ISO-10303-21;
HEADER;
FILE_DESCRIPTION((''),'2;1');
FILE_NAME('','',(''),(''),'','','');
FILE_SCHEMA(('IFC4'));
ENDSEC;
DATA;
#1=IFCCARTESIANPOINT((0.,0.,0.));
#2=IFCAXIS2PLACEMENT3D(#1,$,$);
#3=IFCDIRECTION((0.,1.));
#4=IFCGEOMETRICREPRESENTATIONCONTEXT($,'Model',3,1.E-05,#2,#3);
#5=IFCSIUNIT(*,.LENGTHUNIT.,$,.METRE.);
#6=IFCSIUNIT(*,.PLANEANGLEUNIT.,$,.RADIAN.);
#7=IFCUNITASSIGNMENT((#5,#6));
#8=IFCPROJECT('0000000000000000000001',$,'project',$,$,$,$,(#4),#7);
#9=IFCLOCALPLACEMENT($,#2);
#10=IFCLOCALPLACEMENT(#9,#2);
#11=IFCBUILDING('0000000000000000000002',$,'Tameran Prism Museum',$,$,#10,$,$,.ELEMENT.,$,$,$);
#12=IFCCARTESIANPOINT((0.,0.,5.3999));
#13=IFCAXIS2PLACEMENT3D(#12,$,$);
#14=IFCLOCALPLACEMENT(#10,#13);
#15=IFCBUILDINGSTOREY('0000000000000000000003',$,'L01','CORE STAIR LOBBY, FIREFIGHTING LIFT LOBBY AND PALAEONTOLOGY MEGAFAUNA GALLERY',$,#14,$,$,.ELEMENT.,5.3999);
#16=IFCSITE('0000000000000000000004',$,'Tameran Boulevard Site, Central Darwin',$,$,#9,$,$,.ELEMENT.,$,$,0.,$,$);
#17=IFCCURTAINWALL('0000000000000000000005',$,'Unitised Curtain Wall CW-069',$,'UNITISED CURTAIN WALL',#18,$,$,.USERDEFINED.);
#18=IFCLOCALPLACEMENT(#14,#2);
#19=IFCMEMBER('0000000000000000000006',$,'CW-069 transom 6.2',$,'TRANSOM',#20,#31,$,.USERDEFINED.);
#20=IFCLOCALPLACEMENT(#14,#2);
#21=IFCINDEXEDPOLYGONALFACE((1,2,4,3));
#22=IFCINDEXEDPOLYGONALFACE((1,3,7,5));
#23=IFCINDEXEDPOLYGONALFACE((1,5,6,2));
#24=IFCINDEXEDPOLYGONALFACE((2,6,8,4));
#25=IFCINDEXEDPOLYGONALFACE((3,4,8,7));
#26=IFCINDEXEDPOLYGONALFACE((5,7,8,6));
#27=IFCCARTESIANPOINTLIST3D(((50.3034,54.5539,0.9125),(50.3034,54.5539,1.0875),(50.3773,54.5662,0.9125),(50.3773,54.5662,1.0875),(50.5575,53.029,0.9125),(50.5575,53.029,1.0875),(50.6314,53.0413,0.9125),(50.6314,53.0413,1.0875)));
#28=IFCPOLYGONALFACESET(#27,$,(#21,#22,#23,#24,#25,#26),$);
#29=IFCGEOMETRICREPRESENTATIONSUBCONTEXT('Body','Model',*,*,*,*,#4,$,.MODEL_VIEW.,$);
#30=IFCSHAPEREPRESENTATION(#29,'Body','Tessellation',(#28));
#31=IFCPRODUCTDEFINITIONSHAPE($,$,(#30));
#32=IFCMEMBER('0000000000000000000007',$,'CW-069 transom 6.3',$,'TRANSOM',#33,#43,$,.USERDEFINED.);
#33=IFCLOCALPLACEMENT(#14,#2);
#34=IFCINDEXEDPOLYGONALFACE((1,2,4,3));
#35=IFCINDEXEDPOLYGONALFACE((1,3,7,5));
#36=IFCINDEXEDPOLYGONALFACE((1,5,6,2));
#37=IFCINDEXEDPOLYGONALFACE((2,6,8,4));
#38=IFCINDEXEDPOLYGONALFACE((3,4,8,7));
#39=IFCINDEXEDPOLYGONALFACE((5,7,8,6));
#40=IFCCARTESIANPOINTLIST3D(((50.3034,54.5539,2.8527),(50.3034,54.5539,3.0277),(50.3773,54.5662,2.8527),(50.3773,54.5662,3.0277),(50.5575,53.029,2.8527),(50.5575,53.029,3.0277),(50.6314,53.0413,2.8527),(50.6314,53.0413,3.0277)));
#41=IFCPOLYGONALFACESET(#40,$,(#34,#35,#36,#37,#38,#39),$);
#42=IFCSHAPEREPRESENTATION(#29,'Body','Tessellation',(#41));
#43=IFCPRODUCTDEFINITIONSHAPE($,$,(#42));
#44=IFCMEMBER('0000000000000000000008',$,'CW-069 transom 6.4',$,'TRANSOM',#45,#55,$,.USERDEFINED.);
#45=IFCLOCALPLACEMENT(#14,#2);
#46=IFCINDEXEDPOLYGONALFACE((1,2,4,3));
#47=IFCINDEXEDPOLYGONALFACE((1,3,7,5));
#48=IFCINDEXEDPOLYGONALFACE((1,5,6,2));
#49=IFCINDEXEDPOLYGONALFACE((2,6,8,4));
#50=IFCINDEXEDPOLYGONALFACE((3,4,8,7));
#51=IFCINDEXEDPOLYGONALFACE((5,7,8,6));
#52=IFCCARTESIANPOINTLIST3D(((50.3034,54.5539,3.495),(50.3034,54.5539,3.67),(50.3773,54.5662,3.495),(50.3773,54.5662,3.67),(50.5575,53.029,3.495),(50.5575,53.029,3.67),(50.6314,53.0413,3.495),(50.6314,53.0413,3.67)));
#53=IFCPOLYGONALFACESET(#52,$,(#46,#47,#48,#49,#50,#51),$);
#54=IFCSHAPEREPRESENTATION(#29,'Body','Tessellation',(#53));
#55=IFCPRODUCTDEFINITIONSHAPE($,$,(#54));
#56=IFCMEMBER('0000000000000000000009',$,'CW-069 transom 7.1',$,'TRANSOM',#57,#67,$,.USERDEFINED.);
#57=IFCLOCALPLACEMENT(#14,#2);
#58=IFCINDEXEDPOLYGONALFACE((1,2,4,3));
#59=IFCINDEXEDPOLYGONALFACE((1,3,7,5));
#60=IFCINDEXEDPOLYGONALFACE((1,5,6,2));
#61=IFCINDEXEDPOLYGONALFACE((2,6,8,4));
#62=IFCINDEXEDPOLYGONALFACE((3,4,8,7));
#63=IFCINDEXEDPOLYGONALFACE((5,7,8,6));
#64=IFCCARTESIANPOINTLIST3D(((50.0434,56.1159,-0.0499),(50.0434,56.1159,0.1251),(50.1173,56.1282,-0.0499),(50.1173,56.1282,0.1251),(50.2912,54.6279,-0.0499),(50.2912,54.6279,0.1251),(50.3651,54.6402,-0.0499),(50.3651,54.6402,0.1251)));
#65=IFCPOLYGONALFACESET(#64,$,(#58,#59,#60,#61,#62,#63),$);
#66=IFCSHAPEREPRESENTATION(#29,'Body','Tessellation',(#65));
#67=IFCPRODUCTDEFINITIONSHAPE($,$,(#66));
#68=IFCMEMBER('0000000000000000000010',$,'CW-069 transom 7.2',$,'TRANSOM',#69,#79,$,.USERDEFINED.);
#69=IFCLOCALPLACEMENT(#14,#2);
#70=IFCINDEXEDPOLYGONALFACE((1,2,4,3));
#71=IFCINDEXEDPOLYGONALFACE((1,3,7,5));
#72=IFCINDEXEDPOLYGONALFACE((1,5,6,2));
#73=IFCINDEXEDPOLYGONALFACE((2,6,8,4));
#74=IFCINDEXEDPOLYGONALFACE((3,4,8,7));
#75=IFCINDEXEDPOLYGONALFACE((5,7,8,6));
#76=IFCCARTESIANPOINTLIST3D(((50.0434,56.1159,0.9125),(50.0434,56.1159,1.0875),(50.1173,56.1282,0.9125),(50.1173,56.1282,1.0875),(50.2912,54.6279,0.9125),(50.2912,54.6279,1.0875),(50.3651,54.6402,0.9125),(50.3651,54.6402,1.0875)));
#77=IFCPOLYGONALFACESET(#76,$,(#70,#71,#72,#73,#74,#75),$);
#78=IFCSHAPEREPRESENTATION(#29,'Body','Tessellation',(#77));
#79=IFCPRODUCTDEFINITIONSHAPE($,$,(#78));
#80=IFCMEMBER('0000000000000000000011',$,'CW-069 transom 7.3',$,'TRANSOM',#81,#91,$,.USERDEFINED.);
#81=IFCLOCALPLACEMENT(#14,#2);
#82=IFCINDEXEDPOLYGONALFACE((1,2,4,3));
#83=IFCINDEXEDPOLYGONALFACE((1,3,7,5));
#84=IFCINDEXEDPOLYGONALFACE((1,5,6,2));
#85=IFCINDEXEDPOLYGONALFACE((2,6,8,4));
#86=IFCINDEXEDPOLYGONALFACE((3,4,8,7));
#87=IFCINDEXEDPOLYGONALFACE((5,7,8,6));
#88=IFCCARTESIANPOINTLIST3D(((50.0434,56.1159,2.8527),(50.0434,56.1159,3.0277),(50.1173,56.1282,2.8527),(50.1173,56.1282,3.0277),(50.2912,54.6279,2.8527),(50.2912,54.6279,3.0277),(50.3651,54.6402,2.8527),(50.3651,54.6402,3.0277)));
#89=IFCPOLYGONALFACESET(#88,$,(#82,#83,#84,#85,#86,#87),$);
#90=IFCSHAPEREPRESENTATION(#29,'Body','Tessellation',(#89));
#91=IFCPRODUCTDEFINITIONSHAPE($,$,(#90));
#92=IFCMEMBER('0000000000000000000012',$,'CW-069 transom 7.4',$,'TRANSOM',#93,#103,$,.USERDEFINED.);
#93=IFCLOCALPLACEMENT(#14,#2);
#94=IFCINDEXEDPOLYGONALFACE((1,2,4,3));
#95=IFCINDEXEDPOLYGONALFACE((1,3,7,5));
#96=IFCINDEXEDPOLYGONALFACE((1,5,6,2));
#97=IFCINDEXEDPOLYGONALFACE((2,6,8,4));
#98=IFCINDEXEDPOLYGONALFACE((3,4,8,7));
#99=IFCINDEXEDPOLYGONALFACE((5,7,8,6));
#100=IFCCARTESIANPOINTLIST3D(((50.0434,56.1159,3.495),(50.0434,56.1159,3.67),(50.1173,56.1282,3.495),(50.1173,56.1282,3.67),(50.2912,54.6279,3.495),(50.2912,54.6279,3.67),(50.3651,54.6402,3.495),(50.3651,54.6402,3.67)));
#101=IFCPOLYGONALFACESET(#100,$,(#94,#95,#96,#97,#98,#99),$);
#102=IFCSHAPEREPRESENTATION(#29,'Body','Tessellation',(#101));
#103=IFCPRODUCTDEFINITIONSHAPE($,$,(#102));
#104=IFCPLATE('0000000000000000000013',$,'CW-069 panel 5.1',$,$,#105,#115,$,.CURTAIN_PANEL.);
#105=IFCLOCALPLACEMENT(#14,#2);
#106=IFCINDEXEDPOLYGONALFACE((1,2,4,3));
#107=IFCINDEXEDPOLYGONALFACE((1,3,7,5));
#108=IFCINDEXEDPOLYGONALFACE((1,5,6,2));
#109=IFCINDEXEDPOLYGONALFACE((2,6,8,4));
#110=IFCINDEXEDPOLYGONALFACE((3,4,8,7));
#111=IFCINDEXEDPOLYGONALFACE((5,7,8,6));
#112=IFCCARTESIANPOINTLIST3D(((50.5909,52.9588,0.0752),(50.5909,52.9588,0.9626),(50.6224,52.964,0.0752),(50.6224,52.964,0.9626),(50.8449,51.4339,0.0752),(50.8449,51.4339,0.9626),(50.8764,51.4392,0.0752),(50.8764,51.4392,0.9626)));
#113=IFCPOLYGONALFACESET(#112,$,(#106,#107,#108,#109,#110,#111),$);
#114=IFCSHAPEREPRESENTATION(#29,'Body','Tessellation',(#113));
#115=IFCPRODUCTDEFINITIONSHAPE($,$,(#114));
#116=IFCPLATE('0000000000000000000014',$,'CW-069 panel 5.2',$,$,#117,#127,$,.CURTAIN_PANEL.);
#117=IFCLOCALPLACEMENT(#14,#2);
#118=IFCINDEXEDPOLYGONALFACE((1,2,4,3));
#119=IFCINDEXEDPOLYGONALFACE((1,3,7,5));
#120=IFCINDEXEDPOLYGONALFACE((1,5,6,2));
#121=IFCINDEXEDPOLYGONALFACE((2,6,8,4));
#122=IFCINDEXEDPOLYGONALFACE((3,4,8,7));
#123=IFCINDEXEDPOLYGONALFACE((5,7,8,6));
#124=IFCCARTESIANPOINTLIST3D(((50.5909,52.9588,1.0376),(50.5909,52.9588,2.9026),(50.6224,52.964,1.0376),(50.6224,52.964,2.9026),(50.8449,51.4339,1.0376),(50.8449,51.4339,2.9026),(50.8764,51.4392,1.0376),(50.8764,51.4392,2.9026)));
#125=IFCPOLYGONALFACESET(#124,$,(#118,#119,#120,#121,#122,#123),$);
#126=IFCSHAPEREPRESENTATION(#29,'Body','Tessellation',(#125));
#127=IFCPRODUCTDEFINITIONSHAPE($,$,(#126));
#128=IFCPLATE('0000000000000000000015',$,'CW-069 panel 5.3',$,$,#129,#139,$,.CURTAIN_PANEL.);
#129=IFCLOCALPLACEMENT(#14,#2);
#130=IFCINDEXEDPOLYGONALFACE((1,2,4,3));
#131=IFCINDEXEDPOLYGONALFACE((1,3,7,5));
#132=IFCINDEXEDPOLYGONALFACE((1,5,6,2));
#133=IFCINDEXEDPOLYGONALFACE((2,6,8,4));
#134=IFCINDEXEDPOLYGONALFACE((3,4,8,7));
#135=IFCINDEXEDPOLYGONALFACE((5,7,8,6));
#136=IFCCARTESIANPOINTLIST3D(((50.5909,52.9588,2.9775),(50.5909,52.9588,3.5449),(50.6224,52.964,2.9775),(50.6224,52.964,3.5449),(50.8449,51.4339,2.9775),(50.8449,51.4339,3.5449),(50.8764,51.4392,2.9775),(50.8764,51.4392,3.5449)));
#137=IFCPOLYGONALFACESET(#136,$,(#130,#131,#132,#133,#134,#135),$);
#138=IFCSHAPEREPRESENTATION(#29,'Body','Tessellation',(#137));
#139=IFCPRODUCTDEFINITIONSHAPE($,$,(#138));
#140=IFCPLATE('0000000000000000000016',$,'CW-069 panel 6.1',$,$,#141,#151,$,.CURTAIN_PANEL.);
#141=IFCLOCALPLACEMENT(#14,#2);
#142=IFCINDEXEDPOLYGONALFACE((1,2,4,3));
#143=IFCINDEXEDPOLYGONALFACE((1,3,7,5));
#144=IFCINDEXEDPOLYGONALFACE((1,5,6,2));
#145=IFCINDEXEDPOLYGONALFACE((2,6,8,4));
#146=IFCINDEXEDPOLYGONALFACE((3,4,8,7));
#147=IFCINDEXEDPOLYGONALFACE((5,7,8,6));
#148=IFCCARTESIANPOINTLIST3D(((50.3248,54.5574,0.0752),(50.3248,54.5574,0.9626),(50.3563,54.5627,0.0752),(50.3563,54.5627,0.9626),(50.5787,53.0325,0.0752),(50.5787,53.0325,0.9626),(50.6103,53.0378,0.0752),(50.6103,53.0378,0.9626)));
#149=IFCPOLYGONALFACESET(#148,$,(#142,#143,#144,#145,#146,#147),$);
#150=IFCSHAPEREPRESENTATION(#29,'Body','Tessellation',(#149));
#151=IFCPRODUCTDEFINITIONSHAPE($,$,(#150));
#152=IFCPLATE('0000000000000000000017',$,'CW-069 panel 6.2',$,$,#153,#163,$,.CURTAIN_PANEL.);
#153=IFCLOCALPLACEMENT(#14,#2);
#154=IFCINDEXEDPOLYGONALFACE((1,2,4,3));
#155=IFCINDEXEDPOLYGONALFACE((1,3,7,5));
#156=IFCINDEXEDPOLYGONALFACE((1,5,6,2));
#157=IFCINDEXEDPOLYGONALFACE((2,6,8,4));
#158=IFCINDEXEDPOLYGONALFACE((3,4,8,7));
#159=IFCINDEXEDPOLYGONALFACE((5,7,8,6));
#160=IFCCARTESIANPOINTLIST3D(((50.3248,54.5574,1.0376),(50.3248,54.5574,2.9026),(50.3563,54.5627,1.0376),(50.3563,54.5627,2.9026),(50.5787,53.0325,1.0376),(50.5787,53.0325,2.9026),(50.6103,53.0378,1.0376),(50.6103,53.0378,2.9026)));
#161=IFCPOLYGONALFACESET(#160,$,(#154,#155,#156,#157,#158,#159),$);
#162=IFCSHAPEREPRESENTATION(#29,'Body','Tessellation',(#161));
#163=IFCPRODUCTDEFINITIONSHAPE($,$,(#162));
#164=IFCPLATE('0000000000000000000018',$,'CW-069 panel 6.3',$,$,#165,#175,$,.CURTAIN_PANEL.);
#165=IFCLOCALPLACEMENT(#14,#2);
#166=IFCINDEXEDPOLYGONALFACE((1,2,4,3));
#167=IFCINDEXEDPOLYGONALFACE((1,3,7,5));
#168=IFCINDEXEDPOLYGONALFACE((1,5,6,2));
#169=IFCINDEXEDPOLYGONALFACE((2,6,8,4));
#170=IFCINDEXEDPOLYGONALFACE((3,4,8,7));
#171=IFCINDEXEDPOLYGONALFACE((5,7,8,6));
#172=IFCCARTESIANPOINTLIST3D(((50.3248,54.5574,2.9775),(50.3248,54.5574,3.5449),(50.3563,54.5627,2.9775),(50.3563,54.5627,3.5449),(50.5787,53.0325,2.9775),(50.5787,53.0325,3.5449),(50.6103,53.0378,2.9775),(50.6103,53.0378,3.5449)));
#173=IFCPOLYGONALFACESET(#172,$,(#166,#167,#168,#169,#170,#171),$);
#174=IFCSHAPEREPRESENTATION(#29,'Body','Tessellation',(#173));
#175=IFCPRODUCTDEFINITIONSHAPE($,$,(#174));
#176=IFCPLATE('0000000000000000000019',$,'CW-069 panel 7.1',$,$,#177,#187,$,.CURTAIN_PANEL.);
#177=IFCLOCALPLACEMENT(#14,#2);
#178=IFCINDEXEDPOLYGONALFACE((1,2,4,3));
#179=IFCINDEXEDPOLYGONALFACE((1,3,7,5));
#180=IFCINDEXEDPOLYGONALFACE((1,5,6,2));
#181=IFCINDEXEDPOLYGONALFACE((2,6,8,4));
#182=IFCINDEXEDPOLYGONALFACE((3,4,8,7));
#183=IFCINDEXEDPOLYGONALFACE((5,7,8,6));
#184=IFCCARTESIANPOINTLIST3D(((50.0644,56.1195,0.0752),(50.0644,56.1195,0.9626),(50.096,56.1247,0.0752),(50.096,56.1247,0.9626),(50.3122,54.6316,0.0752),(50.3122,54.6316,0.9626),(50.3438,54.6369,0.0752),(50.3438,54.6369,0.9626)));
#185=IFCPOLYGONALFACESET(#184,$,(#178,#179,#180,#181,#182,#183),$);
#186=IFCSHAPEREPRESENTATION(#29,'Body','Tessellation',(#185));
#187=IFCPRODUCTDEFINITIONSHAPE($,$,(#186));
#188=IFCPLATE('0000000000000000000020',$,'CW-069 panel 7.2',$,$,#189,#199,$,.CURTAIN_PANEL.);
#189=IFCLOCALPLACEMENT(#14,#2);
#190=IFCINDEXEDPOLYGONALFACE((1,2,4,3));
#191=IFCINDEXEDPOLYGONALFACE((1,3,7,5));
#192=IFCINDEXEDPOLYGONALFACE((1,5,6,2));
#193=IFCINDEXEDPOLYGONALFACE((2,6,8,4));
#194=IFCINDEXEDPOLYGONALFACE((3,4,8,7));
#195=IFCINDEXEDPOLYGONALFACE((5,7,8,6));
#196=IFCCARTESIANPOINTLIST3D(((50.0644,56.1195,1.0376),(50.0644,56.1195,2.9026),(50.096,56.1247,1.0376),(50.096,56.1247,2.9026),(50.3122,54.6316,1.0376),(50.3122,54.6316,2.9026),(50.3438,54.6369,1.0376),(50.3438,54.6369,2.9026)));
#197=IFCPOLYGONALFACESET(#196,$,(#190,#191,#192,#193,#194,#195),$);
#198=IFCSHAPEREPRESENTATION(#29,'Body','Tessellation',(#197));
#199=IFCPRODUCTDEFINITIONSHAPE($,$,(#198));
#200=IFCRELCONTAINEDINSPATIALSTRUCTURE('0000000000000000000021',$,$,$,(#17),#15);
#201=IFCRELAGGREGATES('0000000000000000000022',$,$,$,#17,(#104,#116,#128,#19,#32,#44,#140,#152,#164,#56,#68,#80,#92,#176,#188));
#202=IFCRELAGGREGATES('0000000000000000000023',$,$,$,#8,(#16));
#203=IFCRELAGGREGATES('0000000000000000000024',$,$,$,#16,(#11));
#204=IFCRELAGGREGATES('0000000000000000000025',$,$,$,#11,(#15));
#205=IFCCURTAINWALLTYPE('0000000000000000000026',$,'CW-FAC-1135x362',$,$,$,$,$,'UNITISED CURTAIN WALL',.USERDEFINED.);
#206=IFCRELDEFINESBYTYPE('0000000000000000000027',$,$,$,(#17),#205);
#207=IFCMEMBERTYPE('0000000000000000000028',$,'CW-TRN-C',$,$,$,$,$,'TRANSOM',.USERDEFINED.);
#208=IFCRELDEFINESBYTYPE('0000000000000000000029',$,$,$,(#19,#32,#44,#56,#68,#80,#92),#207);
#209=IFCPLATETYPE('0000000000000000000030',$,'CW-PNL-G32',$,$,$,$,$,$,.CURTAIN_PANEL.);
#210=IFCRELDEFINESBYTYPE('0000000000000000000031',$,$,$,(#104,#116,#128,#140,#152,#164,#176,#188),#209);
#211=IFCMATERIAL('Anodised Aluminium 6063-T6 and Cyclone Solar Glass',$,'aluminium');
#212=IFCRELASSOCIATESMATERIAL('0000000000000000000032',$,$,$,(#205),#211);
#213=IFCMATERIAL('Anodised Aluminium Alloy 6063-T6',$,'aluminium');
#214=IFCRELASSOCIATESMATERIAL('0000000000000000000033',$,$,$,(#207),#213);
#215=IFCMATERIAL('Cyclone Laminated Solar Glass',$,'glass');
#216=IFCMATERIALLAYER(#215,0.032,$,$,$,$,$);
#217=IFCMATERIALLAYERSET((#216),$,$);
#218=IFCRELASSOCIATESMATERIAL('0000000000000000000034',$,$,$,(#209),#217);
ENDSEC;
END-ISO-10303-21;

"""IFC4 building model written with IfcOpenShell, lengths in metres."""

from ifc_helpers import new_model, si_unit, direction, frame, origin, origin_2d, place, context, subcontext, project, spatial, rectangle, extrude, material, layer, layer_set, material_profile, profile_set, type_object, element, aggregate, save


model = new_model("IFC4")

# Units and contexts
model_context = context("Model", 3, precision=1e-05, world=origin(), true_north=direction((0.0, 1.0)))
body_context = subcontext(model_context, "Body", "Model", "MODEL_VIEW")
ifc_project = project(units=[si_unit("LENGTHUNIT", "METRE"), si_unit("PLANEANGLEUNIT", "RADIAN")], contexts=[model_context])

# Site, building, storey
site_placement = place(None, origin())
site = spatial("IfcSite", under=ifc_project, at=site_placement, Name="Tameran Boulevard Site, Central Darwin", CompositionType="ELEMENT", RefElevation=0.0)
building_placement = place(site_placement, origin())
building = spatial("IfcBuilding", under=site, at=building_placement, Name="Tameran Prism Museum", CompositionType="ELEMENT")
storey_placement = place(building_placement, frame((0.0, 0.0, 5.3999)))
storey = spatial("IfcBuildingStorey", under=building, at=storey_placement, Name="L01", Description="CORE STAIR LOBBY, FIREFIGHTING LIFT LOBBY AND PALAEONTOLOGY MEGAFAUNA GALLERY", CompositionType="ELEMENT", Elevation=5.3999)

# Curtain wall, members, plates
ifc_material_1 = material(Name="Anodised Aluminium 6063-T6 and Cyclone Solar Glass", Category="aluminium")
curtain_wall_type = type_object("IfcCurtainWallType", Name="CW-FAC-1135x362", ElementType="UNITISED CURTAIN WALL", PredefinedType="USERDEFINED", material=ifc_material_1)
curtain_wall_placement = place(storey_placement, origin())
curtain_wall = element("IfcCurtainWall", 1, at=curtain_wall_placement, inside=storey, type_object=curtain_wall_type, Name="Unitised Curtain Wall CW-069", ObjectType="UNITISED CURTAIN WALL", PredefinedType="USERDEFINED")
ifc_material_2 = material(Name="Anodised Aluminium Alloy 6063-T6", Category="aluminium")
ifc_material_profile_1 = material_profile(ifc_material_2, rectangle(XDim=0.075, YDim=0.175, at=origin_2d()))
ifc_profile_set_1 = profile_set([ifc_material_profile_1])
member_type_1 = type_object("IfcMemberType", Name="CW-TRN-C", ElementType="TRANSOM", PredefinedType="USERDEFINED", material=ifc_profile_set_1)
member_1_placement = place(storey_placement, frame((50.5945, 53.0352, 1.0), z_axis=(-0.164399, 0.986394, 0.0), x_axis=(-0.986394, -0.164399, 0.0)))
member_1 = element("IfcMember", 2, at=member_1_placement, type_object=member_type_1, Name="CW-069 transom 6.2", ObjectType="TRANSOM", PredefinedType="USERDEFINED", context=body_context, shape_type="SweptSolid", body=[
    extrude(rectangle(XDim=0.075, YDim=0.175, at=origin_2d()), origin(), (0.0, 0.0, 1.0), 1.5459),
])
member_2_placement = place(storey_placement, frame((50.5945, 53.0352, 2.9402), z_axis=(-0.164399, 0.986394, 0.0), x_axis=(-0.986394, -0.164399, 0.0)))
member_2 = element("IfcMember", 3, at=member_2_placement, type_object=member_type_1, Name="CW-069 transom 6.3", ObjectType="TRANSOM", PredefinedType="USERDEFINED", context=body_context, shape_type="SweptSolid", body=[
    extrude(rectangle(XDim=0.075, YDim=0.175, at=origin_2d()), origin(), (0.0, 0.0, 1.0), 1.5459),
])
member_3_placement = place(storey_placement, frame((50.5945, 53.0352, 3.5825), z_axis=(-0.164399, 0.986394, 0.0), x_axis=(-0.986394, -0.164399, 0.0)))
member_3 = element("IfcMember", 4, at=member_3_placement, type_object=member_type_1, Name="CW-069 transom 6.4", ObjectType="TRANSOM", PredefinedType="USERDEFINED", context=body_context, shape_type="SweptSolid", body=[
    extrude(rectangle(XDim=0.075, YDim=0.175, at=origin_2d()), origin(), (0.0, 0.0, 1.0), 1.5459),
])
member_4_placement = place(storey_placement, frame((50.3281, 54.634, 0.0376), z_axis=(-0.164268, 0.986416, 0.0), x_axis=(-0.986416, -0.164268, 0.0)))
member_4 = element("IfcMember", 5, at=member_4_placement, type_object=member_type_1, Name="CW-069 transom 7.1", ObjectType="TRANSOM", PredefinedType="USERDEFINED", context=body_context, shape_type="SweptSolid", body=[
    extrude(rectangle(XDim=0.075, YDim=0.175, at=origin_2d()), origin(), (0.0, 0.0, 1.0), 1.5085),
])
member_5_placement = place(storey_placement, frame((50.3281, 54.634, 1.0), z_axis=(-0.164268, 0.986416, 0.0), x_axis=(-0.986416, -0.164268, 0.0)))
member_5 = element("IfcMember", 6, at=member_5_placement, type_object=member_type_1, Name="CW-069 transom 7.2", ObjectType="TRANSOM", PredefinedType="USERDEFINED", context=body_context, shape_type="SweptSolid", body=[
    extrude(rectangle(XDim=0.075, YDim=0.175, at=origin_2d()), origin(), (0.0, 0.0, 1.0), 1.5085),
])
member_6_placement = place(storey_placement, frame((50.3281, 54.634, 2.9402), z_axis=(-0.164268, 0.986416, 0.0), x_axis=(-0.986416, -0.164268, 0.0)))
member_6 = element("IfcMember", 7, at=member_6_placement, type_object=member_type_1, Name="CW-069 transom 7.3", ObjectType="TRANSOM", PredefinedType="USERDEFINED", context=body_context, shape_type="SweptSolid", body=[
    extrude(rectangle(XDim=0.075, YDim=0.175, at=origin_2d()), origin(), (0.0, 0.0, 1.0), 1.5085),
])
member_7_placement = place(storey_placement, frame((50.3281, 54.634, 3.5825), z_axis=(-0.164268, 0.986416, 0.0), x_axis=(-0.986416, -0.164268, 0.0)))
member_7 = element("IfcMember", 8, at=member_7_placement, type_object=member_type_1, Name="CW-069 transom 7.4", ObjectType="TRANSOM", PredefinedType="USERDEFINED", context=body_context, shape_type="SweptSolid", body=[
    extrude(rectangle(XDim=0.075, YDim=0.175, at=origin_2d()), origin(), (0.0, 0.0, 1.0), 1.5085),
])
ifc_material_3 = material(Name="Cyclone Laminated Solar Glass", Category="glass")
ifc_layer_1 = layer(ifc_material_3, 0.032)
ifc_layer_set_1 = layer_set([ifc_layer_1])
plate_type = type_object("IfcPlateType", Name="CW-PNL-G32", PredefinedType="CURTAIN_PANEL", material=ifc_layer_set_1)
plate_1_placement = place(storey_placement, frame((50.7336, 52.199, 0.0752), z_axis=(0.0, 0.0, 1.0), x_axis=(-0.164285, 0.986413, 0.0)))
plate_1 = element("IfcPlate", 9, at=plate_1_placement, type_object=plate_type, Name="CW-069 panel 5.1", PredefinedType="CURTAIN_PANEL", context=body_context, shape_type="SweptSolid", body=[
    extrude(rectangle(XDim=1.5459, YDim=0.032, at=origin_2d()), origin(), (0.0, 0.0, 1.0), 0.8875),
])
plate_2_placement = place(storey_placement, frame((50.7336, 52.199, 1.0376), z_axis=(0.0, 0.0, 1.0), x_axis=(-0.164285, 0.986413, 0.0)))
plate_2 = element("IfcPlate", 10, at=plate_2_placement, type_object=plate_type, Name="CW-069 panel 5.2", PredefinedType="CURTAIN_PANEL", context=body_context, shape_type="SweptSolid", body=[
    extrude(rectangle(XDim=1.5459, YDim=0.032, at=origin_2d()), origin(), (0.0, 0.0, 1.0), 1.865),
])
plate_3_placement = place(storey_placement, frame((50.7336, 52.199, 2.9775), z_axis=(0.0, 0.0, 1.0), x_axis=(-0.164285, 0.986413, 0.0)))
plate_3 = element("IfcPlate", 11, at=plate_3_placement, type_object=plate_type, Name="CW-069 panel 5.3", PredefinedType="CURTAIN_PANEL", context=body_context, shape_type="SweptSolid", body=[
    extrude(rectangle(XDim=1.5459, YDim=0.032, at=origin_2d()), origin(), (0.0, 0.0, 1.0), 0.5674),
])
plate_4_placement = place(storey_placement, frame((50.4675, 53.7976, 0.0752), z_axis=(0.0, 0.0, 1.0), x_axis=(-0.164285, 0.986413, 0.0)))
plate_4 = element("IfcPlate", 12, at=plate_4_placement, type_object=plate_type, Name="CW-069 panel 6.1", PredefinedType="CURTAIN_PANEL", context=body_context, shape_type="SweptSolid", body=[
    extrude(rectangle(XDim=1.5459, YDim=0.032, at=origin_2d()), origin(), (0.0, 0.0, 1.0), 0.8875),
])
plate_5_placement = place(storey_placement, frame((50.4675, 53.7976, 1.0376), z_axis=(0.0, 0.0, 1.0), x_axis=(-0.164285, 0.986413, 0.0)))
plate_5 = element("IfcPlate", 13, at=plate_5_placement, type_object=plate_type, Name="CW-069 panel 6.2", PredefinedType="CURTAIN_PANEL", context=body_context, shape_type="SweptSolid", body=[
    extrude(rectangle(XDim=1.5459, YDim=0.032, at=origin_2d()), origin(), (0.0, 0.0, 1.0), 1.865),
])
plate_6_placement = place(storey_placement, frame((50.4675, 53.7976, 2.9775), z_axis=(0.0, 0.0, 1.0), x_axis=(-0.164285, 0.986413, 0.0)))
plate_6 = element("IfcPlate", 14, at=plate_6_placement, type_object=plate_type, Name="CW-069 panel 6.3", PredefinedType="CURTAIN_PANEL", context=body_context, shape_type="SweptSolid", body=[
    extrude(rectangle(XDim=1.5459, YDim=0.032, at=origin_2d()), origin(), (0.0, 0.0, 1.0), 0.5674),
])
plate_7_placement = place(storey_placement, frame((50.2041, 55.3782, 0.0752), z_axis=(0.0, 0.0, 1.0), x_axis=(-0.164285, 0.986413, 0.0)))
plate_7 = element("IfcPlate", 15, at=plate_7_placement, type_object=plate_type, Name="CW-069 panel 7.1", PredefinedType="CURTAIN_PANEL", context=body_context, shape_type="SweptSolid", body=[
    extrude(rectangle(XDim=1.5083, YDim=0.032, at=origin_2d()), origin(), (0.0, 0.0, 1.0), 0.8875),
])
plate_8_placement = place(storey_placement, frame((50.2041, 55.3782, 1.0376), z_axis=(0.0, 0.0, 1.0), x_axis=(-0.164285, 0.986413, 0.0)))
plate_8 = element("IfcPlate", 16, at=plate_8_placement, type_object=plate_type, Name="CW-069 panel 7.2", PredefinedType="CURTAIN_PANEL", context=body_context, shape_type="SweptSolid", body=[
    extrude(rectangle(XDim=1.5083, YDim=0.032, at=origin_2d()), origin(), (0.0, 0.0, 1.0), 1.865),
])
aggregate(curtain_wall, [plate_1, plate_2, plate_3, member_1, member_2, member_3, plate_4, plate_5, plate_6, member_4, member_5, member_6, member_7, plate_7, plate_8])

save(model, "model.ifc")
